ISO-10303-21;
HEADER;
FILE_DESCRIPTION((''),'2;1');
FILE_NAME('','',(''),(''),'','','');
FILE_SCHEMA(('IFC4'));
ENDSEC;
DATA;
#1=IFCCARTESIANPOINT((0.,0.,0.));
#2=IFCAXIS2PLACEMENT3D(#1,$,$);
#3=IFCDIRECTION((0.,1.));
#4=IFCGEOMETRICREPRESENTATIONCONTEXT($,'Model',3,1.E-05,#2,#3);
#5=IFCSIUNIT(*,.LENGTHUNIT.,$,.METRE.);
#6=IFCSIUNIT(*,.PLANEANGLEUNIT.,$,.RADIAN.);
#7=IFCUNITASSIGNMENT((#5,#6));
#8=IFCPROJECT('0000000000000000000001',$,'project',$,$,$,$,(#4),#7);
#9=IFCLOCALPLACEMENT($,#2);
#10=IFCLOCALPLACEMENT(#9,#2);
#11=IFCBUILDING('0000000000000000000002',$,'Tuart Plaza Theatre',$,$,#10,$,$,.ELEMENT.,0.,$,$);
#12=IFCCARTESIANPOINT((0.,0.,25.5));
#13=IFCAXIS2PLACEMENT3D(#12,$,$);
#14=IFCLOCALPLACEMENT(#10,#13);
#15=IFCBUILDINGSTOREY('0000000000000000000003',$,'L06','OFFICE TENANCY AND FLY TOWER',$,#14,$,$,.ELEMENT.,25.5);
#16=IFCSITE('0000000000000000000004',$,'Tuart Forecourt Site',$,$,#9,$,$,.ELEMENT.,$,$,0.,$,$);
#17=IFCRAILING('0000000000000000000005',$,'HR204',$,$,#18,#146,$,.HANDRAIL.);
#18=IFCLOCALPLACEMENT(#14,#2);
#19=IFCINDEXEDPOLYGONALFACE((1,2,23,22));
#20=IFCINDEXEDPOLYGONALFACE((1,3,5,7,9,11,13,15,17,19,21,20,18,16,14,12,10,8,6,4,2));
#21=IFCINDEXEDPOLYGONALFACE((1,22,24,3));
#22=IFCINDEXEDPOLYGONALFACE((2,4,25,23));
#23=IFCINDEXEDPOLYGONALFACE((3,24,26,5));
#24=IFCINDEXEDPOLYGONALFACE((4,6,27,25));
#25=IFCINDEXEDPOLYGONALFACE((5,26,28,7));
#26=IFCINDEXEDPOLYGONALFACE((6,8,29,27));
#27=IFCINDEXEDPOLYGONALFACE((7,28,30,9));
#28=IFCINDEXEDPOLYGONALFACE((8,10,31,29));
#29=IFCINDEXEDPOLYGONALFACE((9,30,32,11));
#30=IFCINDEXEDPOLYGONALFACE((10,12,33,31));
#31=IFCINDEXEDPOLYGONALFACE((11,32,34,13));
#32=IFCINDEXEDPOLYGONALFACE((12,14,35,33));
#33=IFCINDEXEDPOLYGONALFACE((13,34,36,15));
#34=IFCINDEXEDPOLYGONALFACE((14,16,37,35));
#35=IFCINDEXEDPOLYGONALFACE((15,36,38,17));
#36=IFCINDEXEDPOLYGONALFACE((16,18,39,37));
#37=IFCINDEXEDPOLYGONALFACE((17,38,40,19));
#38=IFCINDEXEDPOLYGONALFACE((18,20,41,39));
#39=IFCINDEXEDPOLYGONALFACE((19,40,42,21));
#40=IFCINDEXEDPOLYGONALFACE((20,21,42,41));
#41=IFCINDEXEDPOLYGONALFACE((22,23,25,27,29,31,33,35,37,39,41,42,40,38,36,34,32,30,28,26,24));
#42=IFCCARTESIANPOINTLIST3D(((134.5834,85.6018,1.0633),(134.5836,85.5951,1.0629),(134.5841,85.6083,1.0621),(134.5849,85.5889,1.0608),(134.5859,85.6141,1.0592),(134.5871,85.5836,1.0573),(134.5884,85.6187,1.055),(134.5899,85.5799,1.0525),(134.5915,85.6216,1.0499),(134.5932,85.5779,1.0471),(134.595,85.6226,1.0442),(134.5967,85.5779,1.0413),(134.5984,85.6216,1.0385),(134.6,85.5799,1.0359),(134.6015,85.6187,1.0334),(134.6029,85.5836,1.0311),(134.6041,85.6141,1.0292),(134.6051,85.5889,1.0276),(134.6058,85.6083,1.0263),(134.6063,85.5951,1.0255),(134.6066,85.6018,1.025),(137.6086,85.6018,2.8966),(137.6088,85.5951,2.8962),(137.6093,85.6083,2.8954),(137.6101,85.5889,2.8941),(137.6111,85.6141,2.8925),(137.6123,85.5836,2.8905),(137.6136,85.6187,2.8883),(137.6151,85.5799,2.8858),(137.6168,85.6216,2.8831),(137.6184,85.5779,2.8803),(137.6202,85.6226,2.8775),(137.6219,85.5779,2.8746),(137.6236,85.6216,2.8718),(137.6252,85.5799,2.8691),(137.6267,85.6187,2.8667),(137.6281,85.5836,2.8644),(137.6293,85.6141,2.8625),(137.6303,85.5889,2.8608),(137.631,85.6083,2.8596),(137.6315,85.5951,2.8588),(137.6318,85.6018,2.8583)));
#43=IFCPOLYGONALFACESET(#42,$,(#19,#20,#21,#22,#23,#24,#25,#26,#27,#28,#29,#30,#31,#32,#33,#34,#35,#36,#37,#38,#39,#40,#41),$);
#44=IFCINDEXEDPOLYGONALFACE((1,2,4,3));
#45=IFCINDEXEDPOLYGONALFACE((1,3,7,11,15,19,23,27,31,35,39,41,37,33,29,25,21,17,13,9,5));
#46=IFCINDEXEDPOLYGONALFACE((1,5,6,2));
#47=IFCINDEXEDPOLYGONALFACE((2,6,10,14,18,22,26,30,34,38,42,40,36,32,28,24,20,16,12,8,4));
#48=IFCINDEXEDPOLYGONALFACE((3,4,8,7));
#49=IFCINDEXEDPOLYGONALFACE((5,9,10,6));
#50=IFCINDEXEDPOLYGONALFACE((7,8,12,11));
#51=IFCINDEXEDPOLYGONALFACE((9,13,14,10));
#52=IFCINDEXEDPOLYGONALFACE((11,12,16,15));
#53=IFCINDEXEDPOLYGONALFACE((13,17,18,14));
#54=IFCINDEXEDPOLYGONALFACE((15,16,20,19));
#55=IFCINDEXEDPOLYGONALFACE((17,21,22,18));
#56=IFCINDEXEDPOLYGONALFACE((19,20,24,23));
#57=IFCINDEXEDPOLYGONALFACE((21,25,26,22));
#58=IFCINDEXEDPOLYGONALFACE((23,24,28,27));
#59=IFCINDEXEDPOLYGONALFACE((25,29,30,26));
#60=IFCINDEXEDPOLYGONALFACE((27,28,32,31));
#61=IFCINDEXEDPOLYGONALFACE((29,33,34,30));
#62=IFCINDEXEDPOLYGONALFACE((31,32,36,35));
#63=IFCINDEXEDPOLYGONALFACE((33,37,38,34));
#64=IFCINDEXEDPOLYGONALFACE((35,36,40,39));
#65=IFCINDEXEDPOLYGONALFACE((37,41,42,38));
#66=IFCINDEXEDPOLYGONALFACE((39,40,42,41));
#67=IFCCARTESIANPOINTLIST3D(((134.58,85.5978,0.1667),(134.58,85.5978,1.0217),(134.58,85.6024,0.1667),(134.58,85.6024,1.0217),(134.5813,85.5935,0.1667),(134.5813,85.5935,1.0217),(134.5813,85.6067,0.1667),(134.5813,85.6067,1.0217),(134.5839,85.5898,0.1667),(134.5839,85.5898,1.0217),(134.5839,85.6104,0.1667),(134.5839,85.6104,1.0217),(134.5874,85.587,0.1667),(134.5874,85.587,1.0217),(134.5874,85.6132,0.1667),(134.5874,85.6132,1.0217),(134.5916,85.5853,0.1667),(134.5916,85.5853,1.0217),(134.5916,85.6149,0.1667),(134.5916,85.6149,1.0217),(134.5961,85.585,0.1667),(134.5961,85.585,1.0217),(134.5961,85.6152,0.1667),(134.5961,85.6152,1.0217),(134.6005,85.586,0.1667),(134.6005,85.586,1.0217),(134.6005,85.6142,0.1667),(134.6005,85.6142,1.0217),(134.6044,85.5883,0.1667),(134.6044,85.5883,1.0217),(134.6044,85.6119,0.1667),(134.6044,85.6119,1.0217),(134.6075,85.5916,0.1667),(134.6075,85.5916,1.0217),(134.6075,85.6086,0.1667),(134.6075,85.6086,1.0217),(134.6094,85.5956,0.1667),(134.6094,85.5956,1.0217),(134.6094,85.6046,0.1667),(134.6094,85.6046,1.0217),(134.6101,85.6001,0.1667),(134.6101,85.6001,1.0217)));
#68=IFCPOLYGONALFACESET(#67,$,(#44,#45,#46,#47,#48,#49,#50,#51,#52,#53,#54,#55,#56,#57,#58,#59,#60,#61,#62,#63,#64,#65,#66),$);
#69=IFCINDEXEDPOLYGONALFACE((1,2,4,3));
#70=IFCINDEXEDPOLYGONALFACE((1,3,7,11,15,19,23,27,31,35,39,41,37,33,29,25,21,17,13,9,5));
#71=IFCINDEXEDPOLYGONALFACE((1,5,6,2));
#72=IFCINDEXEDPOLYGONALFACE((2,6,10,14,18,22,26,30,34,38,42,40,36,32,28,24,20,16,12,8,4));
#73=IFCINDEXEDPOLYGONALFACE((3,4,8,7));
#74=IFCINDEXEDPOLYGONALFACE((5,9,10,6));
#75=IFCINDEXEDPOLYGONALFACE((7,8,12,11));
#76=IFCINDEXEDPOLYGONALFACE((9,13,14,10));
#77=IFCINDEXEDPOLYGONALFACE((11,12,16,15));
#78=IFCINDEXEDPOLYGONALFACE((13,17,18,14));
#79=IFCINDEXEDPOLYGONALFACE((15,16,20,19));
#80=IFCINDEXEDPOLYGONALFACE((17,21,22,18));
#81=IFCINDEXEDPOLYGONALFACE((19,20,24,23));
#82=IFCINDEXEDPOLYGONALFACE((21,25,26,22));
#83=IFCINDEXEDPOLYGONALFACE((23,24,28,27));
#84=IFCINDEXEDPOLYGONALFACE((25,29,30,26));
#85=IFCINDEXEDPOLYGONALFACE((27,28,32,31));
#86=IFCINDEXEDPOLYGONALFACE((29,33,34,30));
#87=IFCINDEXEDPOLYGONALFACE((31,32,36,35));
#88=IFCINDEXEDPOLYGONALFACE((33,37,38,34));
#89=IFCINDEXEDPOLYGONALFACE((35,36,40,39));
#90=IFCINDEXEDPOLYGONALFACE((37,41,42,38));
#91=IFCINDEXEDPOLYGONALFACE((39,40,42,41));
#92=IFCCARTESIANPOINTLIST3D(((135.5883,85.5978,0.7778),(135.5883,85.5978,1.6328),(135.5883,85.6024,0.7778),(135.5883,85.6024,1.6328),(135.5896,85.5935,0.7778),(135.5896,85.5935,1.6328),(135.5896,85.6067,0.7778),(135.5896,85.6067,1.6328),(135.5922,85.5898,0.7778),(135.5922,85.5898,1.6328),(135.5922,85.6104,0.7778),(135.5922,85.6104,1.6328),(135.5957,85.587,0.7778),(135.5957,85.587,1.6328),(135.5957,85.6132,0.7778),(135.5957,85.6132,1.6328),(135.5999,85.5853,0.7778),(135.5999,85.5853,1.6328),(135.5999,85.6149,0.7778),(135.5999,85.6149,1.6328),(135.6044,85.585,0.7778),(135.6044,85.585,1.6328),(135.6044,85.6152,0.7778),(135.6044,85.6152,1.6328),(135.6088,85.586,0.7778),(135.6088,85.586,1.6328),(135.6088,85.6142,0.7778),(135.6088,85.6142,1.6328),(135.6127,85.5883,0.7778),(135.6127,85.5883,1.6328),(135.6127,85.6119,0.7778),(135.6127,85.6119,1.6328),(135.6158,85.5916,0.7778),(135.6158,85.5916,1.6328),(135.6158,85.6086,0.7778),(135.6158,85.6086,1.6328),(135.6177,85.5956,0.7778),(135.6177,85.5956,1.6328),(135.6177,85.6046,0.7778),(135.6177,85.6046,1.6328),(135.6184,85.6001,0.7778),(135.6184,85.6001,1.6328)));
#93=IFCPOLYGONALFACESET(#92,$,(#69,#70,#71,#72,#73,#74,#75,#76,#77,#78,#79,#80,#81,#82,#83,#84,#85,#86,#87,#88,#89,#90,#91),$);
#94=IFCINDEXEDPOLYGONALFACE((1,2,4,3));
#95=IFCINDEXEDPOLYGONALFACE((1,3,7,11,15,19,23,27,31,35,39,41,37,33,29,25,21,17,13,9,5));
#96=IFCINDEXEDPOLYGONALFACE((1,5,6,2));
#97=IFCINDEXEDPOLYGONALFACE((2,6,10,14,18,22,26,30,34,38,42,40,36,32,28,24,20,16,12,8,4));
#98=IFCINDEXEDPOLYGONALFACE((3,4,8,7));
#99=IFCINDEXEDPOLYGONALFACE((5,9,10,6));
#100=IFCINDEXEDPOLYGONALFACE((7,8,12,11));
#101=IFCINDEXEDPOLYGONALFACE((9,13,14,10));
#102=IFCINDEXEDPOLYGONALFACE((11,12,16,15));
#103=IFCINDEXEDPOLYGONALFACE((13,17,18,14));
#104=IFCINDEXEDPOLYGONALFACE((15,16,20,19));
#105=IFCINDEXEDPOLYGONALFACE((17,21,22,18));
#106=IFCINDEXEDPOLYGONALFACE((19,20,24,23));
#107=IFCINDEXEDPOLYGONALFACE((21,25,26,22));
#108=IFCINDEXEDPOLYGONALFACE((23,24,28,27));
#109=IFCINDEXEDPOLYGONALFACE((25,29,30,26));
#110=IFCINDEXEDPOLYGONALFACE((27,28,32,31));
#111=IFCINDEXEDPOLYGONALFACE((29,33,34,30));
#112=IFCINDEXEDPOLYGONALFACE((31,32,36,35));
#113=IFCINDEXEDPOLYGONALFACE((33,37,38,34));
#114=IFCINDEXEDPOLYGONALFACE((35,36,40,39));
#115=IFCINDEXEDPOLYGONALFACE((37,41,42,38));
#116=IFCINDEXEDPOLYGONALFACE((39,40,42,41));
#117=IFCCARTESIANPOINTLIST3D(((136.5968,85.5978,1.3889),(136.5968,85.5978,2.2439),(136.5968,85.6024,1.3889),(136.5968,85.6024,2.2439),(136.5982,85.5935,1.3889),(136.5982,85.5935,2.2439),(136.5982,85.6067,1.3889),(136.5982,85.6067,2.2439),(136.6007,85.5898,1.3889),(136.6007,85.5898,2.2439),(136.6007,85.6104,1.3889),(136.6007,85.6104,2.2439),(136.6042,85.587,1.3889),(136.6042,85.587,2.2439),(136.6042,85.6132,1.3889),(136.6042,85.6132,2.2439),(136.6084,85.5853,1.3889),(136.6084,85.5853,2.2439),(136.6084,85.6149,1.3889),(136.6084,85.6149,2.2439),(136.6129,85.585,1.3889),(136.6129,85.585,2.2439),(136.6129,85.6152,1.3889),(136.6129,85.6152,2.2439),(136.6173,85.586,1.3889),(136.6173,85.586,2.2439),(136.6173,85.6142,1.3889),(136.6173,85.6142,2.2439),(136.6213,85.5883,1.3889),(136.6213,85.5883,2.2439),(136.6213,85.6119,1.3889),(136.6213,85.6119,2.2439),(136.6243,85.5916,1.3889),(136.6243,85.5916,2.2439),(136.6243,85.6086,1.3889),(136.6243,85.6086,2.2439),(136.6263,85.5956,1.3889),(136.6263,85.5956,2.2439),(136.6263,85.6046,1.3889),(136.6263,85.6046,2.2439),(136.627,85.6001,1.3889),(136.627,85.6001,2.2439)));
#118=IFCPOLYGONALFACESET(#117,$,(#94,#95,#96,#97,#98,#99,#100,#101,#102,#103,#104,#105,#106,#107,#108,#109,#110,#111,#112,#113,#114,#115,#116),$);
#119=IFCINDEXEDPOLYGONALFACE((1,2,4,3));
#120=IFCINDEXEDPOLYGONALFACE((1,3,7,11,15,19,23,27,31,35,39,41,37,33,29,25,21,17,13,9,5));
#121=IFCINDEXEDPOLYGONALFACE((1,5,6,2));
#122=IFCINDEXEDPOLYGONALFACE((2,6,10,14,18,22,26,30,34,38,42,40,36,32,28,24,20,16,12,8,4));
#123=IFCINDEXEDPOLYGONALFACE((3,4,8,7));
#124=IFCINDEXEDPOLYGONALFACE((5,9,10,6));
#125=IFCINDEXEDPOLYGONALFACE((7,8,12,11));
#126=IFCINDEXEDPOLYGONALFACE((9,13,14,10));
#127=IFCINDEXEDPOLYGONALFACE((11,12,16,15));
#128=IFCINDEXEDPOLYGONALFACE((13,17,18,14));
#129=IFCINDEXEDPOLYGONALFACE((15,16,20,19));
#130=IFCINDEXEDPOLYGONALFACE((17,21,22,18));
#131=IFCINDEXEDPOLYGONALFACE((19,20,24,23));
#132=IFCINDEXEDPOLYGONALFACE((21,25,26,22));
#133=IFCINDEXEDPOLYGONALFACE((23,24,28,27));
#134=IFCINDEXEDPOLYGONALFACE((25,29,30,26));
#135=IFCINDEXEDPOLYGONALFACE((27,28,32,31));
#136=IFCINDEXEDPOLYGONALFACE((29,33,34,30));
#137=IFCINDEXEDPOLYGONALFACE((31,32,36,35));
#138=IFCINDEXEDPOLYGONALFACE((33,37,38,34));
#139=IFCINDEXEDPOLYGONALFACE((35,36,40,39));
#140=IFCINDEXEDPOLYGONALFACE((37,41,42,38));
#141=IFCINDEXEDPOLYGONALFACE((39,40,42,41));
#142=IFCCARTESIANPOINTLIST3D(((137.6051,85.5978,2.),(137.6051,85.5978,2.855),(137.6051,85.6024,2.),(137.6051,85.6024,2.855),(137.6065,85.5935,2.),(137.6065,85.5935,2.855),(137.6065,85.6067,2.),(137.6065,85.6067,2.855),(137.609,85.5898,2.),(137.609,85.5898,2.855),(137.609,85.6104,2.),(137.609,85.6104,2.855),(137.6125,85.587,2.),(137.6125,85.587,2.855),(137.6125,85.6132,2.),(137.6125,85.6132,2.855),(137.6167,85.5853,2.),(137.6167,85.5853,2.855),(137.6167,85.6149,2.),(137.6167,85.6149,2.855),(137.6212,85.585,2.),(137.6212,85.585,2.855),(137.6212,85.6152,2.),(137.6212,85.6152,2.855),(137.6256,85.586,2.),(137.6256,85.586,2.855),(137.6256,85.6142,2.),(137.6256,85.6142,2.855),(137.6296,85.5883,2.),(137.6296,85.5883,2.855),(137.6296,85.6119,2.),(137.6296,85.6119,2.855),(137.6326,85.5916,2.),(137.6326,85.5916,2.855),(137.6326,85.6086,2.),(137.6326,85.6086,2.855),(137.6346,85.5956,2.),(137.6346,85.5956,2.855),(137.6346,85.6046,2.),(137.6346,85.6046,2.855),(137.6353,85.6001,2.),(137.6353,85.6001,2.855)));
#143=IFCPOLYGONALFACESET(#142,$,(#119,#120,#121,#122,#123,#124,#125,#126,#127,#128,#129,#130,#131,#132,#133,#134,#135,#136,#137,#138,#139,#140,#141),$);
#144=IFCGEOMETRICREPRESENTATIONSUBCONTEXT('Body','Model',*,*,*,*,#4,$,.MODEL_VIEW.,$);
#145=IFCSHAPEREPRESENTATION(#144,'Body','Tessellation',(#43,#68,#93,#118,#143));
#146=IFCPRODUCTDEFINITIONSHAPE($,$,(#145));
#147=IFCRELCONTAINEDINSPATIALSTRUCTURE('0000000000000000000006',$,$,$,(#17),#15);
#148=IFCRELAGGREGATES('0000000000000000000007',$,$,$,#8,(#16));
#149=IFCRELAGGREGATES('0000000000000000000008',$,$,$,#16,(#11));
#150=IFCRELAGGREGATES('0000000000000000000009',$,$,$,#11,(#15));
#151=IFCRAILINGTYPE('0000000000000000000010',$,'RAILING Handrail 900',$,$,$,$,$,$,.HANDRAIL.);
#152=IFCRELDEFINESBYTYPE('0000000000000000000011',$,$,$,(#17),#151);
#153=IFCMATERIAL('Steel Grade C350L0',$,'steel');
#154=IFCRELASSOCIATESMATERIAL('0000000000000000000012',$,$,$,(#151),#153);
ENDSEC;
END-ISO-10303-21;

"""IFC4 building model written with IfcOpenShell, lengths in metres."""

from ifc_helpers import new_model, si_unit, direction, frame, origin, origin_2d, place, context, subcontext, project, spatial, circle, extrude, material, type_object, element, save


model = new_model("IFC4")

# Units and contexts
model_context = context("Model", 3, precision=1e-05, world=origin(), true_north=direction((0.0, 1.0)))
body_context = subcontext(model_context, "Body", "Model", "MODEL_VIEW")
ifc_project = project(units=[si_unit("LENGTHUNIT", "METRE"), si_unit("PLANEANGLEUNIT", "RADIAN")], contexts=[model_context])

# Site, building, storey
site_placement = place(None, origin())
site = spatial("IfcSite", under=ifc_project, at=site_placement, Name="Tuart Forecourt Site", CompositionType="ELEMENT", RefElevation=0.0)
building_placement = place(site_placement, origin())
building = spatial("IfcBuilding", under=site, at=building_placement, Name="Tuart Plaza Theatre", CompositionType="ELEMENT", ElevationOfRefHeight=0.0)
storey_placement = place(building_placement, frame((0.0, 0.0, 25.5)))
storey = spatial("IfcBuildingStorey", under=building, at=storey_placement, Name="L06", Description="OFFICE TENANCY AND FLY TOWER", CompositionType="ELEMENT", Elevation=25.5)

# Railing
ifc_material_1 = material(Name="Steel Grade C350L0", Category="steel")
railing_type_1 = type_object("IfcRailingType", Name="RAILING Handrail 900", PredefinedType="HANDRAIL", material=ifc_material_1)
for number, where, name in (
    (1, (134.595, 85.6001, 0.1667), "HR204"),
):
    element("IfcRailing", number, at=place(storey_placement, frame(where)), inside=storey, type_object=railing_type_1, Name=name, PredefinedType="HANDRAIL", context=body_context, shape_type="SweptSolid", body=[
        extrude(circle(Radius=0.0225, at=origin_2d()), frame((0.0, 0.0, 0.8774), z_axis=(0.855219, 0.0, 0.518267), x_axis=(0.0, 1.0, 0.0)), (0.0, 0.0, 1.0), 3.5374),
        extrude(circle(Radius=0.0151, at=origin_2d()), origin(), (0.0, 0.0, 1.0), 0.855),
        extrude(circle(Radius=0.0151, at=origin_2d()), frame((1.0083, 0.0, 0.6111)), (0.0, 0.0, 1.0), 0.855),
        extrude(circle(Radius=0.0151, at=origin_2d()), frame((2.0168, 0.0, 1.2222)), (0.0, 0.0, 1.0), 0.855),
        extrude(circle(Radius=0.0151, at=origin_2d()), frame((3.0251, 0.0, 1.8333)), (0.0, 0.0, 1.0), 0.855),
    ])

save(model, "model.ifc")
